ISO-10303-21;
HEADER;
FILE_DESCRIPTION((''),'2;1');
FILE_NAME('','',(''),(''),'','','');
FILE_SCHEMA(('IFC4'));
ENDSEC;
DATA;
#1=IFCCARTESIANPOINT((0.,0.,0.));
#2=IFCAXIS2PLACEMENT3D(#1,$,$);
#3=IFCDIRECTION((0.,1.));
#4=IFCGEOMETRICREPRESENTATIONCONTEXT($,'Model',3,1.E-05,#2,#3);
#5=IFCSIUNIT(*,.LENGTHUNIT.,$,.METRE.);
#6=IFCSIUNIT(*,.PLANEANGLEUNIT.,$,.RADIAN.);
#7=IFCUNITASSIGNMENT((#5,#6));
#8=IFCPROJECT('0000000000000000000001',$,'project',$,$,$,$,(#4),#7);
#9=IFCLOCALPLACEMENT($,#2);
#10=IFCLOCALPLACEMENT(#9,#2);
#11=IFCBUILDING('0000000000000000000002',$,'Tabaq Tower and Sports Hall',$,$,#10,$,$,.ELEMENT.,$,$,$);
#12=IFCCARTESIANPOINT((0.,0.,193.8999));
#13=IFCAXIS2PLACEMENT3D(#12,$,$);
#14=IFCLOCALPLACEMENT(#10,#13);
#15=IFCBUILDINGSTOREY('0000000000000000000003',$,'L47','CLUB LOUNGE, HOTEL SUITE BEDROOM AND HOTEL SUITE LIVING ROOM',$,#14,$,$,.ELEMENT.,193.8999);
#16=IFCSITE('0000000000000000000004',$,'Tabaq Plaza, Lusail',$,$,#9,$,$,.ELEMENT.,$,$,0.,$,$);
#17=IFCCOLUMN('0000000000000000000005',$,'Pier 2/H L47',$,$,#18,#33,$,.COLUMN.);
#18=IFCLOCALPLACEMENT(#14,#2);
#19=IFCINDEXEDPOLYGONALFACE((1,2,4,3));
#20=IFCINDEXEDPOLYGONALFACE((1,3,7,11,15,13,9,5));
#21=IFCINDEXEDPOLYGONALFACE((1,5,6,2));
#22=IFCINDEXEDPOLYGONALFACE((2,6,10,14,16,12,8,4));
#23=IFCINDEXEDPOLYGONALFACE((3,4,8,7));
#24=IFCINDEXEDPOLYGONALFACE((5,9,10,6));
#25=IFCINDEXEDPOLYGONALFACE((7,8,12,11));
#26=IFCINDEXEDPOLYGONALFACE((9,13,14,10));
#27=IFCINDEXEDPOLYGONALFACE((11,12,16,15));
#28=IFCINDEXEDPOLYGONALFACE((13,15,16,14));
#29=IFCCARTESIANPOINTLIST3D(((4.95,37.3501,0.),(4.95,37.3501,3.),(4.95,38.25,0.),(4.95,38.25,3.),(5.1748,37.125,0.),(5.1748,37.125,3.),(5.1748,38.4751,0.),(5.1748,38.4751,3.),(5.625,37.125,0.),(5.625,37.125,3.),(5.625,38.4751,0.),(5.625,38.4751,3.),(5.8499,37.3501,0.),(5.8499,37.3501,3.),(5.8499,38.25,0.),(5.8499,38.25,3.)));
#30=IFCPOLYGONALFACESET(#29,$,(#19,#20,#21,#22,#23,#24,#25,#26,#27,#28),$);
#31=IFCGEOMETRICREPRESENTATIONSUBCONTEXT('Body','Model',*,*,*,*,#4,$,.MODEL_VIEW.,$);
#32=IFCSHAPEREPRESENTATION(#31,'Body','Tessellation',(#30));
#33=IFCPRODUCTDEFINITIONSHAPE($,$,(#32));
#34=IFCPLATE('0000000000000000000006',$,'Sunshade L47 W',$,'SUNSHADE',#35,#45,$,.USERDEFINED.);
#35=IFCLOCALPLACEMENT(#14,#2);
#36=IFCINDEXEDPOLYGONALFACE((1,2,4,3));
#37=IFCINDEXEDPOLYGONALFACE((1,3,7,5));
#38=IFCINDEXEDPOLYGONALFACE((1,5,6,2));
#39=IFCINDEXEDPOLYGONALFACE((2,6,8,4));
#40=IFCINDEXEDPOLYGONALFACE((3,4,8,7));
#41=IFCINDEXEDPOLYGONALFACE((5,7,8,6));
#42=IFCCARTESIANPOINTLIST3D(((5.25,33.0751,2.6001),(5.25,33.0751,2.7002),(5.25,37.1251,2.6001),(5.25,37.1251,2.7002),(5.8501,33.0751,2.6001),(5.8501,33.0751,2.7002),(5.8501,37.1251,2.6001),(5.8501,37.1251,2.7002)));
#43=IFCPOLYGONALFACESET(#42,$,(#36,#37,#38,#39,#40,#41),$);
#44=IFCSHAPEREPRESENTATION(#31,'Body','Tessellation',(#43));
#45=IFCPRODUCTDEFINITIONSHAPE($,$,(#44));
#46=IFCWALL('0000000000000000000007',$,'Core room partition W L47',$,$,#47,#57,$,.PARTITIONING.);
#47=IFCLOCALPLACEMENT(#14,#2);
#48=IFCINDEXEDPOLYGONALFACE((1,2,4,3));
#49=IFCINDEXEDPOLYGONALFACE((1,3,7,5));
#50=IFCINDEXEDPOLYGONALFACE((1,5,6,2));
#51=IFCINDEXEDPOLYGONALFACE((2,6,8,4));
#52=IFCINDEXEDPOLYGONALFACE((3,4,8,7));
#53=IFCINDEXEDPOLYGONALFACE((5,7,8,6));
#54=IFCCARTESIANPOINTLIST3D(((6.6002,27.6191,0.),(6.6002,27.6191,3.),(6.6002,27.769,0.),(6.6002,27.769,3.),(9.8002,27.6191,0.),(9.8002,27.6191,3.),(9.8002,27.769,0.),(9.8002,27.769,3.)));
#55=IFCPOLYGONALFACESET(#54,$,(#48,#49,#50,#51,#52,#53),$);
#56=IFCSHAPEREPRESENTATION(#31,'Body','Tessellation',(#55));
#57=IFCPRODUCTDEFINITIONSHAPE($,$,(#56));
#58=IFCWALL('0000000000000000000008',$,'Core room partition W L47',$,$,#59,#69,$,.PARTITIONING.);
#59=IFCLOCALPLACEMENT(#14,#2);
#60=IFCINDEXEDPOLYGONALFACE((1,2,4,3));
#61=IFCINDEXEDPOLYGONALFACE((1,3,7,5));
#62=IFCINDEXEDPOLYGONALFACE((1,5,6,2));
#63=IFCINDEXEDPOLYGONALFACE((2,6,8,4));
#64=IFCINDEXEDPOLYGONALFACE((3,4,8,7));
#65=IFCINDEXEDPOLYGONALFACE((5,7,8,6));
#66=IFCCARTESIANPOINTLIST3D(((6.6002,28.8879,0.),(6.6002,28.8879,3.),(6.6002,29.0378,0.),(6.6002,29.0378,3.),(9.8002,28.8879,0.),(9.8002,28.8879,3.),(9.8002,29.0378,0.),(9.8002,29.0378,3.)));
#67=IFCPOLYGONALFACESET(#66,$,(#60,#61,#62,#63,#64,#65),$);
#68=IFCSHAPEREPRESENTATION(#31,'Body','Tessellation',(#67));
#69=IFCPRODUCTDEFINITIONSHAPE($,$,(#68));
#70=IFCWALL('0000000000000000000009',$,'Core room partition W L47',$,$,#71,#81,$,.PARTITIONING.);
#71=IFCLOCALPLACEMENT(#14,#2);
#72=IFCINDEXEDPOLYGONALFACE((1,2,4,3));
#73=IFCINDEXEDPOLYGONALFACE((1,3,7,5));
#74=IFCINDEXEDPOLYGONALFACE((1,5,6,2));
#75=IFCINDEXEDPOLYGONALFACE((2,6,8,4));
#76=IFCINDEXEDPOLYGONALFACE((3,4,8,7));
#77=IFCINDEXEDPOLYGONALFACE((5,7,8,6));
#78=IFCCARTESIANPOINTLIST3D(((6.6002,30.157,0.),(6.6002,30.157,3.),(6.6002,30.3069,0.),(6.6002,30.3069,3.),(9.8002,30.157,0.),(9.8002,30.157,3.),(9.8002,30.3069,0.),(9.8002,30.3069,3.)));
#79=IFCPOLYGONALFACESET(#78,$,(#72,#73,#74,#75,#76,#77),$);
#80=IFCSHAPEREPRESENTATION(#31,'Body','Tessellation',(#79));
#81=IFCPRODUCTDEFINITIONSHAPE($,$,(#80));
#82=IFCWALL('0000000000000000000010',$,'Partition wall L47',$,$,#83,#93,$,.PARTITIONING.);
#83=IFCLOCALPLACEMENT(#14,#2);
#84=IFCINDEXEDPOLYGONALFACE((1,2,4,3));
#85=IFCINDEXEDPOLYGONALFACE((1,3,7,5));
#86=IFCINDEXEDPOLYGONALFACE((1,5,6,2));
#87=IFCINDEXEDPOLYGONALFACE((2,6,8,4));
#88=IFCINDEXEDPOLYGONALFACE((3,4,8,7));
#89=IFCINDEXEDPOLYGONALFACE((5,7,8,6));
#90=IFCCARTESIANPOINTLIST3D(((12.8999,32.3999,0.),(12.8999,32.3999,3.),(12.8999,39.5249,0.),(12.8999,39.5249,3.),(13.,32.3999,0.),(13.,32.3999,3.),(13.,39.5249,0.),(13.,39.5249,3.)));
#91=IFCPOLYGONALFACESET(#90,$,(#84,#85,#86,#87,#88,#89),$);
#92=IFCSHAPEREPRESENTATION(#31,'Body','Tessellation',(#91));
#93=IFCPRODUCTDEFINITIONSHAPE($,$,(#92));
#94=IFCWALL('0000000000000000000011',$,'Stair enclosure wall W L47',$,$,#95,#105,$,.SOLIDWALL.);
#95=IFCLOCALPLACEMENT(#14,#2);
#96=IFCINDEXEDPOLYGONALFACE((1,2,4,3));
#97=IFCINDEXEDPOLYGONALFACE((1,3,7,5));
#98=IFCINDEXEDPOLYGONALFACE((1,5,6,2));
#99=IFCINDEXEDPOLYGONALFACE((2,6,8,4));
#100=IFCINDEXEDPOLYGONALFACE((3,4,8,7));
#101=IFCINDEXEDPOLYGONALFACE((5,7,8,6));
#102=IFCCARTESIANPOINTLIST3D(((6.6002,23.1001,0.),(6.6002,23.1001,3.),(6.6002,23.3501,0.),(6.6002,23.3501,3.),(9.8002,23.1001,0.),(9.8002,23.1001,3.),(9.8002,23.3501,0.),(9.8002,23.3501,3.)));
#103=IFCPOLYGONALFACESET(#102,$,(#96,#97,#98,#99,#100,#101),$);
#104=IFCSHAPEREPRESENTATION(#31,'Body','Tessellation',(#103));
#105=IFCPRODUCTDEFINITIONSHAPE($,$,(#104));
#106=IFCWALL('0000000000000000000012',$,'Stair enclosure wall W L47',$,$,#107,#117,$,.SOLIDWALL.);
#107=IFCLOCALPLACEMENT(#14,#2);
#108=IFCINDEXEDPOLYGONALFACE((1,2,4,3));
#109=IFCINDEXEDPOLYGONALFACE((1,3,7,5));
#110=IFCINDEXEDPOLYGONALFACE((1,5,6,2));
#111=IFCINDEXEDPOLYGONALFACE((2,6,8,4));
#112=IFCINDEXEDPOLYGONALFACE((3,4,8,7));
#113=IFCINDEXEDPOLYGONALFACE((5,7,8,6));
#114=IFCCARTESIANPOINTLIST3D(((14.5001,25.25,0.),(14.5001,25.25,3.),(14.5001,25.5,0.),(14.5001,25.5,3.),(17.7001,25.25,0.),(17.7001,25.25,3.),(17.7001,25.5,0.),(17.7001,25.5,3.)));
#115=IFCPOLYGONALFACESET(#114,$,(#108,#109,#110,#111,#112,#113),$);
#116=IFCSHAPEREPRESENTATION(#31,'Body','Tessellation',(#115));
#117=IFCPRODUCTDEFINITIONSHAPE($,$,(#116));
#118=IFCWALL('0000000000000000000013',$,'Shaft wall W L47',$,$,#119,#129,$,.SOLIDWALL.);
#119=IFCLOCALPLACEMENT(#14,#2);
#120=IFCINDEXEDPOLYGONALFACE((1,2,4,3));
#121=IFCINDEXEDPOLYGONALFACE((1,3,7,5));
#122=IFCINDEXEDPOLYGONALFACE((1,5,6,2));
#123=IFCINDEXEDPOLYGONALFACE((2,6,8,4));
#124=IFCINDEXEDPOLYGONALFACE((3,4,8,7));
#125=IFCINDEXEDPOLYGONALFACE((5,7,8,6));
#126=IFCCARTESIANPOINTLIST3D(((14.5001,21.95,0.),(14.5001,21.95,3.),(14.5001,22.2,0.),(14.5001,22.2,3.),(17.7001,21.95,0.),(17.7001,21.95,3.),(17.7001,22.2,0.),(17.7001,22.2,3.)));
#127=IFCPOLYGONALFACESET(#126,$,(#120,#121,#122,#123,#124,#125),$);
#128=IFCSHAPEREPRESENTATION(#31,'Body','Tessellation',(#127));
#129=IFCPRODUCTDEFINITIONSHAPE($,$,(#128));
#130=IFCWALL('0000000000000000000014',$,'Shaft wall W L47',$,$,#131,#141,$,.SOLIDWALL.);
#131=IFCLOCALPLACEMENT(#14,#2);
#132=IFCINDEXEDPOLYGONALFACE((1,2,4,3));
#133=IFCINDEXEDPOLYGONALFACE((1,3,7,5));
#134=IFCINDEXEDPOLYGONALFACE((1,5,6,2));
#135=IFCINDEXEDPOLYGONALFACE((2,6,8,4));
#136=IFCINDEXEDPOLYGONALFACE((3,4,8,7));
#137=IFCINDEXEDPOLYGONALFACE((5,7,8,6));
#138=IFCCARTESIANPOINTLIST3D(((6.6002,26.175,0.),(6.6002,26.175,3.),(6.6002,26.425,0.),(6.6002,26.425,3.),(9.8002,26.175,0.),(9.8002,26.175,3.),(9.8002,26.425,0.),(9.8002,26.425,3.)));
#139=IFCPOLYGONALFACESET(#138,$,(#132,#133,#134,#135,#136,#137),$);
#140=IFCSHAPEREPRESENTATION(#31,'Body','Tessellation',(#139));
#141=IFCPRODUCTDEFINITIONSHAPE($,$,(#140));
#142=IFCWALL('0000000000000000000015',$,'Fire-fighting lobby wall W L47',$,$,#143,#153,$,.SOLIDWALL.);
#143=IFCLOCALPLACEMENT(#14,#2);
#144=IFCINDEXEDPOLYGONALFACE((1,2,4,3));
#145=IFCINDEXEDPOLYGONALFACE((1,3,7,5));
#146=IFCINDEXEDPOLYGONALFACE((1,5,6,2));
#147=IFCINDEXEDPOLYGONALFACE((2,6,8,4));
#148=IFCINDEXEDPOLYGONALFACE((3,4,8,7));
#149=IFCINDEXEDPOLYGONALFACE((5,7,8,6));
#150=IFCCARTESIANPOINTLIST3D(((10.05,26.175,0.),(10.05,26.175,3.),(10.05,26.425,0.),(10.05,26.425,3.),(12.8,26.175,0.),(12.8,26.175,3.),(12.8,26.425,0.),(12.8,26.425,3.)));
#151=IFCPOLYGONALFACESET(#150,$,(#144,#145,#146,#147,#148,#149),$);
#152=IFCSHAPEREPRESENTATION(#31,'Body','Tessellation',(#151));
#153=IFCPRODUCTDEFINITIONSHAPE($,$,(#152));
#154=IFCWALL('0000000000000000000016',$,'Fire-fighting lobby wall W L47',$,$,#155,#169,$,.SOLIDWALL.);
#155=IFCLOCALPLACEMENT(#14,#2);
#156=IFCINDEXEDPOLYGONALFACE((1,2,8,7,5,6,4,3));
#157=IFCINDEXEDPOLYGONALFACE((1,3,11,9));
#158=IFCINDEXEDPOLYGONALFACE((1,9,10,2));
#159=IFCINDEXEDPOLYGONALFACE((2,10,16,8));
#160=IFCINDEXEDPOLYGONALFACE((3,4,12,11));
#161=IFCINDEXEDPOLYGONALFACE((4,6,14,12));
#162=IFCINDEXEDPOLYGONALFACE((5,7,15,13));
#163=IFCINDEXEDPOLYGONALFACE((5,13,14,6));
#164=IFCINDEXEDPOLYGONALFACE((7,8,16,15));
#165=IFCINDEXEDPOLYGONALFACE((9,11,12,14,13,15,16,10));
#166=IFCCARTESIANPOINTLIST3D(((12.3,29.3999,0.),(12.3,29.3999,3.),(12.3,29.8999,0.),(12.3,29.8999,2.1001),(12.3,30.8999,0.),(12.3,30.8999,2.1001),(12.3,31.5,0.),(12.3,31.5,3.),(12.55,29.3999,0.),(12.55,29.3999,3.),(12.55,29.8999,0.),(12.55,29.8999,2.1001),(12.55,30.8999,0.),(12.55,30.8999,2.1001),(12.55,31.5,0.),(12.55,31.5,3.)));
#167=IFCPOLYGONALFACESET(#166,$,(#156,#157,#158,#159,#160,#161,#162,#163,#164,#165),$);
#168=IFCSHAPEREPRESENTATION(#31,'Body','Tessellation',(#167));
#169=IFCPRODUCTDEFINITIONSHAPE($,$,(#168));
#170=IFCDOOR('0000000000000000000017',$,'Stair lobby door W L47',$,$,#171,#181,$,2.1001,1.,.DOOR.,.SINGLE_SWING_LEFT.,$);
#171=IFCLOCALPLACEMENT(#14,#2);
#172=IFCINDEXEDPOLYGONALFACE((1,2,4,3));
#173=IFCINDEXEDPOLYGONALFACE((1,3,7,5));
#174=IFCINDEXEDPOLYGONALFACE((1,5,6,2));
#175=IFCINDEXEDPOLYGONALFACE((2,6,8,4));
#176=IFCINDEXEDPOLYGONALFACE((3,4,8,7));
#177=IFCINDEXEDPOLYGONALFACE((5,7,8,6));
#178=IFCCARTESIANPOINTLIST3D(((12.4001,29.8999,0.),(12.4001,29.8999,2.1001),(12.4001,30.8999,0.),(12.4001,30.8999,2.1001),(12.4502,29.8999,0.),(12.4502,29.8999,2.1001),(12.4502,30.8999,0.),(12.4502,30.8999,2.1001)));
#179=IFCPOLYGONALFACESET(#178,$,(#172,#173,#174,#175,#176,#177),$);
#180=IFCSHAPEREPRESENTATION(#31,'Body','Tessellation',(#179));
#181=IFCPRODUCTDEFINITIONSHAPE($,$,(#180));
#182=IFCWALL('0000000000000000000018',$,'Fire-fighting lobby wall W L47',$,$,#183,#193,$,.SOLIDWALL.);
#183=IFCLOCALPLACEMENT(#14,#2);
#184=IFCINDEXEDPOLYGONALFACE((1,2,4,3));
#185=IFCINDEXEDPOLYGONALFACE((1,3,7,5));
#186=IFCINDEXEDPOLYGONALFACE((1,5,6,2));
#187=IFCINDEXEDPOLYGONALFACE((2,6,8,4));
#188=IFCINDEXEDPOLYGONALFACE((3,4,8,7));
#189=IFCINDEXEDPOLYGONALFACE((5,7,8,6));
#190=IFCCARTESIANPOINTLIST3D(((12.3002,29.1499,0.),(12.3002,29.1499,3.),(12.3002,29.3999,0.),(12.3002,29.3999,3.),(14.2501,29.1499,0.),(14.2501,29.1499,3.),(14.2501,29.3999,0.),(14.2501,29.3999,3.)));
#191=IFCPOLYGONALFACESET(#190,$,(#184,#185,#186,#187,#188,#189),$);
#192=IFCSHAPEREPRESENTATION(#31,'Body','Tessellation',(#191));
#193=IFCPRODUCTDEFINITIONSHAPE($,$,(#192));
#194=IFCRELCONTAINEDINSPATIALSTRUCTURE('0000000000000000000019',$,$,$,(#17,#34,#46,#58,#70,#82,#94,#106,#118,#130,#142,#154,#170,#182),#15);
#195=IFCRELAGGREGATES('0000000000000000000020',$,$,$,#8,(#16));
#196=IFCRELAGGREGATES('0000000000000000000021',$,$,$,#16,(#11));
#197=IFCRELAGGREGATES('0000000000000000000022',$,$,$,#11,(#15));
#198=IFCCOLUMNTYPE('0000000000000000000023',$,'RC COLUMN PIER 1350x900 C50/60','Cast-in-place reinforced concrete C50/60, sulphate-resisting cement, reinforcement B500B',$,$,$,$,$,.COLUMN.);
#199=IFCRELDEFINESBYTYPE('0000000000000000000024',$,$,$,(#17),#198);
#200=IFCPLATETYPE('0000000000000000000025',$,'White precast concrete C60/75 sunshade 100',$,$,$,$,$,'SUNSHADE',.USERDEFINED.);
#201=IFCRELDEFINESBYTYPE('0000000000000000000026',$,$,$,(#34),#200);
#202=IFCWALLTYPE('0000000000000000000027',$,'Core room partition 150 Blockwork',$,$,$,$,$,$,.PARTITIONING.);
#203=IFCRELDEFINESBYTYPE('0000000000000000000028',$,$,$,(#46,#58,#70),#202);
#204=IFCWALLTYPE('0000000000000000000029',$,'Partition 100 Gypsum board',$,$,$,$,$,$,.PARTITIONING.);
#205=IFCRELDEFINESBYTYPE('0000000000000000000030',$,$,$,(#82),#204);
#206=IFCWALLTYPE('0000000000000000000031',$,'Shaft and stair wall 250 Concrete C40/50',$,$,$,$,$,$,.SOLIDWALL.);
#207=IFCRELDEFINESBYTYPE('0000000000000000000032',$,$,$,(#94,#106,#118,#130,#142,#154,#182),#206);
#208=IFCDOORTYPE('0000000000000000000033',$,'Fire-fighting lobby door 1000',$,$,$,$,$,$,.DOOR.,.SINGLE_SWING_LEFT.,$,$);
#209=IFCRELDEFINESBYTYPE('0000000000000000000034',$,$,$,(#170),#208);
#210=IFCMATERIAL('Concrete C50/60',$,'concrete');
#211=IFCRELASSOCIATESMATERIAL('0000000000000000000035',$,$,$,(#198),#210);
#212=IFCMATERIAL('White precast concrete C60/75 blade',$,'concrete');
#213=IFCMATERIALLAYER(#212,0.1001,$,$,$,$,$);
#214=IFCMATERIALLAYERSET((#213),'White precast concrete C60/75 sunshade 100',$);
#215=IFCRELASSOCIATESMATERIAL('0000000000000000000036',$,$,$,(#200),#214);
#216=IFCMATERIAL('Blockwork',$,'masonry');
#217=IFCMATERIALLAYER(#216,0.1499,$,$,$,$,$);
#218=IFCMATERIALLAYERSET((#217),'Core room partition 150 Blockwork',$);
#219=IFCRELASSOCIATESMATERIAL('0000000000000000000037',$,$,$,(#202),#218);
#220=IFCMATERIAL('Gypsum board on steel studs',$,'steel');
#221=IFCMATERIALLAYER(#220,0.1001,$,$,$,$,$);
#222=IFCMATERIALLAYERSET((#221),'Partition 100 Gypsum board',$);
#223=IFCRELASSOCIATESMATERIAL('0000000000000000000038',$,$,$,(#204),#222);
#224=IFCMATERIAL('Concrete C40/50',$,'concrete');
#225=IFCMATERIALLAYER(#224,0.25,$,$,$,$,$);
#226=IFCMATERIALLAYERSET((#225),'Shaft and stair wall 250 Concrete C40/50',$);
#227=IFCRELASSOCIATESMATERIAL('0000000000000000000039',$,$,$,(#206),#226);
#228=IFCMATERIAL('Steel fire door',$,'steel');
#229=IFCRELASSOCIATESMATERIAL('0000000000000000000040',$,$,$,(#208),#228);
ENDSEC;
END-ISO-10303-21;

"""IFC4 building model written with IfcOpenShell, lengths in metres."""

from ifc_helpers import new_model, si_unit, direction, frame, frame_2d, origin, origin_2d, place, context, subcontext, project, spatial, polyline, rectangle, outline, extrude, material, layer, layer_set, material_profile, profile_set, type_object, element, fill, save


model = new_model("IFC4")

# Units and contexts
model_context = context("Model", 3, precision=1e-05, world=origin(), true_north=direction((0.0, 1.0)))
body_context = subcontext(model_context, "Body", "Model", "MODEL_VIEW")
ifc_project = project(units=[si_unit("LENGTHUNIT", "METRE"), si_unit("PLANEANGLEUNIT", "RADIAN")], contexts=[model_context])

# Site, building, storey
site_placement = place(None, origin())
site = spatial("IfcSite", under=ifc_project, at=site_placement, Name="Tabaq Plaza, Lusail", CompositionType="ELEMENT", RefElevation=0.0)
building_placement = place(site_placement, origin())
building = spatial("IfcBuilding", under=site, at=building_placement, Name="Tabaq Tower and Sports Hall", CompositionType="ELEMENT")
storey_placement = place(building_placement, frame((0.0, 0.0, 193.8999)))
storey = spatial("IfcBuildingStorey", under=building, at=storey_placement, Name="L47", Description="CLUB LOUNGE, HOTEL SUITE BEDROOM AND HOTEL SUITE LIVING ROOM", CompositionType="ELEMENT", Elevation=193.8999)

# Column
ifc_material_1 = material(Name="Concrete C50/60", Category="concrete")
ifc_material_profile = material_profile(ifc_material_1, outline(polyline([(-0.45, -0.45), (0.45, -0.45), (0.675, -0.2251), (0.675, 0.2251), (0.45, 0.45), (-0.45, 0.45), (-0.675, 0.2251), (-0.675, -0.2251), (-0.45, -0.45)])), Name="PIER 1350x900")
ifc_profile_set = profile_set([ifc_material_profile], Name="Concrete C50/60")
column_type = type_object("IfcColumnType", Name="RC COLUMN PIER 1350x900 C50/60", Description="Cast-in-place reinforced concrete C50/60, sulphate-resisting cement, reinforcement B500B", PredefinedType="COLUMN", material=ifc_profile_set)
column_placement = place(storey_placement, frame((5.3999, 37.8, 0.0), z_axis=(0.0, 0.0, 1.0), x_axis=(0.0, 1.0, 0.0)))
element("IfcColumn", 1, at=column_placement, inside=storey, type_object=column_type, Name="Pier 2/H L47", PredefinedType="COLUMN", context=body_context, shape_type="SweptSolid", body=[
    extrude(outline(polyline([(-0.45, -0.45), (0.45, -0.45), (0.675, -0.2251), (0.675, 0.2251), (0.45, 0.45), (-0.45, 0.45), (-0.675, 0.2251), (-0.675, -0.2251), (-0.45, -0.45)])), origin(), (0.0, 0.0, 1.0), 3.0),
])

# Plate
ifc_material_2 = material(Name="White precast concrete C60/75 blade", Category="concrete")
ifc_layer_1 = layer(ifc_material_2, 0.1001)
ifc_layer_set_1 = layer_set([ifc_layer_1], Name="White precast concrete C60/75 sunshade 100")
plate_type = type_object("IfcPlateType", Name="White precast concrete C60/75 sunshade 100", ElementType="SUNSHADE", PredefinedType="USERDEFINED", material=ifc_layer_set_1)
plate_placement = place(storey_placement, frame((5.55, 35.1001, 2.6001), z_axis=(0.0, 0.0, 1.0), x_axis=(0.0, -1.0, 0.0)))
element("IfcPlate", 2, at=plate_placement, inside=storey, type_object=plate_type, Name="Sunshade L47 W", ObjectType="SUNSHADE", PredefinedType="USERDEFINED", context=body_context, shape_type="SweptSolid", body=[
    extrude(rectangle(XDim=4.05, YDim=0.6001, at=origin_2d()), origin(), (0.0, 0.0, 1.0), 0.1001),
])

# Walls
ifc_material_3 = material(Name="Blockwork", Category="masonry")
ifc_layer_2 = layer(ifc_material_3, 0.1499)
ifc_layer_set_2 = layer_set([ifc_layer_2], Name="Core room partition 150 Blockwork")
wall_type_1 = type_object("IfcWallType", Name="Core room partition 150 Blockwork", PredefinedType="PARTITIONING", material=ifc_layer_set_2)
for number, where, z_axis, x_axis, name in (
    (3, (6.6001, 27.6941, 0.0), (0.0, 0.0, 1.0), (1.0, 0.0, 0.0), "Core room partition W L47"),
    (4, (6.6001, 28.9629, 0.0), (0.0, 0.0, 1.0), (1.0, 0.0, 0.0), "Core room partition W L47"),
    (5, (6.6001, 30.2319, 0.0), (0.0, 0.0, 1.0), (1.0, 0.0, 0.0), "Core room partition W L47"),
):
    element("IfcWall", number, at=place(storey_placement, frame(where, z_axis=z_axis, x_axis=x_axis)), inside=storey, type_object=wall_type_1, Name=name, PredefinedType="PARTITIONING", context=body_context, shape_type="SweptSolid", body=[
        extrude(rectangle(XDim=3.2, YDim=0.1499, at=frame_2d((1.6001, 0.0))), origin(), (0.0, 0.0, 1.0), 3.0),
    ])

# Walls
ifc_material_4 = material(Name="Gypsum board on steel studs", Category="steel")
ifc_layer_3 = layer(ifc_material_4, 0.1001)
ifc_layer_set_3 = layer_set([ifc_layer_3], Name="Partition 100 Gypsum board")
wall_type_2 = type_object("IfcWallType", Name="Partition 100 Gypsum board", PredefinedType="PARTITIONING", material=ifc_layer_set_3)
wall_1_placement = place(storey_placement, frame((12.95, 32.3999, 0.0), z_axis=(0.0, 0.0, 1.0), x_axis=(0.0, 1.0, 0.0)))
element("IfcWall", 6, at=wall_1_placement, inside=storey, type_object=wall_type_2, Name="Partition wall L47", PredefinedType="PARTITIONING", context=body_context, shape_type="SweptSolid", body=[
    extrude(rectangle(XDim=7.125, YDim=0.1001, at=frame_2d((3.5625, 0.0))), origin(), (0.0, 0.0, 1.0), 3.0),
])
ifc_material_5 = material(Name="Concrete C40/50", Category="concrete")
ifc_layer_4 = layer(ifc_material_5, 0.25)
ifc_layer_set_4 = layer_set([ifc_layer_4], Name="Shaft and stair wall 250 Concrete C40/50")
wall_type_3 = type_object("IfcWallType", Name="Shaft and stair wall 250 Concrete C40/50", PredefinedType="SOLIDWALL", material=ifc_layer_set_4)
for number, where, z_axis, x_axis, name in (
    (7, (6.6001, 23.2251, 0.0), (0.0, 0.0, 1.0), (1.0, 0.0, 0.0), "Stair enclosure wall W L47"),
    (8, (14.5, 25.375, 0.0), (0.0, 0.0, 1.0), (1.0, 0.0, 0.0), "Stair enclosure wall W L47"),
    (9, (14.5, 22.075, 0.0), (0.0, 0.0, 1.0), (1.0, 0.0, 0.0), "Shaft wall W L47"),
    (10, (6.6001, 26.3, 0.0), (0.0, 0.0, 1.0), (1.0, 0.0, 0.0), "Shaft wall W L47"),
):
    element("IfcWall", number, at=place(storey_placement, frame(where, z_axis=z_axis, x_axis=x_axis)), inside=storey, type_object=wall_type_3, Name=name, PredefinedType="SOLIDWALL", context=body_context, shape_type="SweptSolid", body=[
        extrude(rectangle(XDim=3.2, YDim=0.25, at=frame_2d((1.6001, 0.0))), origin(), (0.0, 0.0, 1.0), 3.0),
    ])
wall_2_placement = place(storey_placement, frame((10.05, 26.3, 0.0), z_axis=(0.0, 0.0, 1.0), x_axis=(1.0, 0.0, 0.0)))
element("IfcWall", 11, at=wall_2_placement, inside=storey, type_object=wall_type_3, Name="Fire-fighting lobby wall W L47", PredefinedType="SOLIDWALL", context=body_context, shape_type="SweptSolid", body=[
    extrude(rectangle(XDim=2.75, YDim=0.25, at=frame_2d((1.375, 0.0))), origin(), (0.0, 0.0, 1.0), 3.0),
])

# Wall, opening, door
wall_3_placement = place(storey_placement, frame((12.425, 29.3999, 0.0), z_axis=(0.0, 0.0, 1.0), x_axis=(0.0, 1.0, 0.0)))
wall_3 = element("IfcWall", 12, at=wall_3_placement, inside=storey, type_object=wall_type_3, Name="Fire-fighting lobby wall W L47", PredefinedType="SOLIDWALL", context=body_context, shape_type="SweptSolid", body=[
    extrude(rectangle(XDim=2.1001, YDim=0.25, at=frame_2d((1.05, 0.0))), origin(), (0.0, 0.0, 1.0), 3.0),
])
opening_1_placement = place(wall_3_placement, frame((0.5, 0.0, 0.0)))
opening_1 = element("IfcOpeningElement", 13, at=opening_1_placement, cuts=wall_3, PredefinedType="OPENING", context=body_context, shape_type="SweptSolid", body=[
    extrude(rectangle(XDim=1.0, YDim=2.1001, at=frame_2d((0.5, 1.05))), frame((0.0, 0.125, 0.0), z_axis=(0.0, -1.0, 0.0), x_axis=(1.0, 0.0, 0.0)), (0.0, 0.0, 1.0), 0.25),
])
ifc_material_6 = material(Name="Steel fire door", Category="steel")
door_type_1 = type_object("IfcDoorType", Name="Fire-fighting lobby door 1000", OperationType="SINGLE_SWING_LEFT", PredefinedType="DOOR", material=ifc_material_6)
door_1_placement = place(opening_1_placement, origin())
door_1 = element("IfcDoor", 14, at=door_1_placement, inside=storey, type_object=door_type_1, Name="Stair lobby door W L47", OperationType="SINGLE_SWING_LEFT", OverallHeight=2.1001, OverallWidth=1.0, PredefinedType="DOOR", context=body_context, shape_type="SweptSolid", body=[
    extrude(rectangle(XDim=1.0, YDim=2.1001, at=frame_2d((0.5, 1.05))), frame((0.0, 0.0249, 0.0), z_axis=(0.0, -1.0, 0.0), x_axis=(1.0, 0.0, 0.0)), (0.0, 0.0, 1.0), 0.05),
])
fill(opening_1, door_1)

# Wall
wall_4_placement = place(storey_placement, frame((12.3, 29.2749, 0.0), z_axis=(0.0, 0.0, 1.0), x_axis=(1.0, 0.0, 0.0)))
element("IfcWall", 15, at=wall_4_placement, inside=storey, type_object=wall_type_3, Name="Fire-fighting lobby wall W L47", PredefinedType="SOLIDWALL", context=body_context, shape_type="SweptSolid", body=[
    extrude(rectangle(XDim=1.95, YDim=0.25, at=frame_2d((0.9751, 0.0))), origin(), (0.0, 0.0, 1.0), 3.0),
])

save(model, "model.ifc")
